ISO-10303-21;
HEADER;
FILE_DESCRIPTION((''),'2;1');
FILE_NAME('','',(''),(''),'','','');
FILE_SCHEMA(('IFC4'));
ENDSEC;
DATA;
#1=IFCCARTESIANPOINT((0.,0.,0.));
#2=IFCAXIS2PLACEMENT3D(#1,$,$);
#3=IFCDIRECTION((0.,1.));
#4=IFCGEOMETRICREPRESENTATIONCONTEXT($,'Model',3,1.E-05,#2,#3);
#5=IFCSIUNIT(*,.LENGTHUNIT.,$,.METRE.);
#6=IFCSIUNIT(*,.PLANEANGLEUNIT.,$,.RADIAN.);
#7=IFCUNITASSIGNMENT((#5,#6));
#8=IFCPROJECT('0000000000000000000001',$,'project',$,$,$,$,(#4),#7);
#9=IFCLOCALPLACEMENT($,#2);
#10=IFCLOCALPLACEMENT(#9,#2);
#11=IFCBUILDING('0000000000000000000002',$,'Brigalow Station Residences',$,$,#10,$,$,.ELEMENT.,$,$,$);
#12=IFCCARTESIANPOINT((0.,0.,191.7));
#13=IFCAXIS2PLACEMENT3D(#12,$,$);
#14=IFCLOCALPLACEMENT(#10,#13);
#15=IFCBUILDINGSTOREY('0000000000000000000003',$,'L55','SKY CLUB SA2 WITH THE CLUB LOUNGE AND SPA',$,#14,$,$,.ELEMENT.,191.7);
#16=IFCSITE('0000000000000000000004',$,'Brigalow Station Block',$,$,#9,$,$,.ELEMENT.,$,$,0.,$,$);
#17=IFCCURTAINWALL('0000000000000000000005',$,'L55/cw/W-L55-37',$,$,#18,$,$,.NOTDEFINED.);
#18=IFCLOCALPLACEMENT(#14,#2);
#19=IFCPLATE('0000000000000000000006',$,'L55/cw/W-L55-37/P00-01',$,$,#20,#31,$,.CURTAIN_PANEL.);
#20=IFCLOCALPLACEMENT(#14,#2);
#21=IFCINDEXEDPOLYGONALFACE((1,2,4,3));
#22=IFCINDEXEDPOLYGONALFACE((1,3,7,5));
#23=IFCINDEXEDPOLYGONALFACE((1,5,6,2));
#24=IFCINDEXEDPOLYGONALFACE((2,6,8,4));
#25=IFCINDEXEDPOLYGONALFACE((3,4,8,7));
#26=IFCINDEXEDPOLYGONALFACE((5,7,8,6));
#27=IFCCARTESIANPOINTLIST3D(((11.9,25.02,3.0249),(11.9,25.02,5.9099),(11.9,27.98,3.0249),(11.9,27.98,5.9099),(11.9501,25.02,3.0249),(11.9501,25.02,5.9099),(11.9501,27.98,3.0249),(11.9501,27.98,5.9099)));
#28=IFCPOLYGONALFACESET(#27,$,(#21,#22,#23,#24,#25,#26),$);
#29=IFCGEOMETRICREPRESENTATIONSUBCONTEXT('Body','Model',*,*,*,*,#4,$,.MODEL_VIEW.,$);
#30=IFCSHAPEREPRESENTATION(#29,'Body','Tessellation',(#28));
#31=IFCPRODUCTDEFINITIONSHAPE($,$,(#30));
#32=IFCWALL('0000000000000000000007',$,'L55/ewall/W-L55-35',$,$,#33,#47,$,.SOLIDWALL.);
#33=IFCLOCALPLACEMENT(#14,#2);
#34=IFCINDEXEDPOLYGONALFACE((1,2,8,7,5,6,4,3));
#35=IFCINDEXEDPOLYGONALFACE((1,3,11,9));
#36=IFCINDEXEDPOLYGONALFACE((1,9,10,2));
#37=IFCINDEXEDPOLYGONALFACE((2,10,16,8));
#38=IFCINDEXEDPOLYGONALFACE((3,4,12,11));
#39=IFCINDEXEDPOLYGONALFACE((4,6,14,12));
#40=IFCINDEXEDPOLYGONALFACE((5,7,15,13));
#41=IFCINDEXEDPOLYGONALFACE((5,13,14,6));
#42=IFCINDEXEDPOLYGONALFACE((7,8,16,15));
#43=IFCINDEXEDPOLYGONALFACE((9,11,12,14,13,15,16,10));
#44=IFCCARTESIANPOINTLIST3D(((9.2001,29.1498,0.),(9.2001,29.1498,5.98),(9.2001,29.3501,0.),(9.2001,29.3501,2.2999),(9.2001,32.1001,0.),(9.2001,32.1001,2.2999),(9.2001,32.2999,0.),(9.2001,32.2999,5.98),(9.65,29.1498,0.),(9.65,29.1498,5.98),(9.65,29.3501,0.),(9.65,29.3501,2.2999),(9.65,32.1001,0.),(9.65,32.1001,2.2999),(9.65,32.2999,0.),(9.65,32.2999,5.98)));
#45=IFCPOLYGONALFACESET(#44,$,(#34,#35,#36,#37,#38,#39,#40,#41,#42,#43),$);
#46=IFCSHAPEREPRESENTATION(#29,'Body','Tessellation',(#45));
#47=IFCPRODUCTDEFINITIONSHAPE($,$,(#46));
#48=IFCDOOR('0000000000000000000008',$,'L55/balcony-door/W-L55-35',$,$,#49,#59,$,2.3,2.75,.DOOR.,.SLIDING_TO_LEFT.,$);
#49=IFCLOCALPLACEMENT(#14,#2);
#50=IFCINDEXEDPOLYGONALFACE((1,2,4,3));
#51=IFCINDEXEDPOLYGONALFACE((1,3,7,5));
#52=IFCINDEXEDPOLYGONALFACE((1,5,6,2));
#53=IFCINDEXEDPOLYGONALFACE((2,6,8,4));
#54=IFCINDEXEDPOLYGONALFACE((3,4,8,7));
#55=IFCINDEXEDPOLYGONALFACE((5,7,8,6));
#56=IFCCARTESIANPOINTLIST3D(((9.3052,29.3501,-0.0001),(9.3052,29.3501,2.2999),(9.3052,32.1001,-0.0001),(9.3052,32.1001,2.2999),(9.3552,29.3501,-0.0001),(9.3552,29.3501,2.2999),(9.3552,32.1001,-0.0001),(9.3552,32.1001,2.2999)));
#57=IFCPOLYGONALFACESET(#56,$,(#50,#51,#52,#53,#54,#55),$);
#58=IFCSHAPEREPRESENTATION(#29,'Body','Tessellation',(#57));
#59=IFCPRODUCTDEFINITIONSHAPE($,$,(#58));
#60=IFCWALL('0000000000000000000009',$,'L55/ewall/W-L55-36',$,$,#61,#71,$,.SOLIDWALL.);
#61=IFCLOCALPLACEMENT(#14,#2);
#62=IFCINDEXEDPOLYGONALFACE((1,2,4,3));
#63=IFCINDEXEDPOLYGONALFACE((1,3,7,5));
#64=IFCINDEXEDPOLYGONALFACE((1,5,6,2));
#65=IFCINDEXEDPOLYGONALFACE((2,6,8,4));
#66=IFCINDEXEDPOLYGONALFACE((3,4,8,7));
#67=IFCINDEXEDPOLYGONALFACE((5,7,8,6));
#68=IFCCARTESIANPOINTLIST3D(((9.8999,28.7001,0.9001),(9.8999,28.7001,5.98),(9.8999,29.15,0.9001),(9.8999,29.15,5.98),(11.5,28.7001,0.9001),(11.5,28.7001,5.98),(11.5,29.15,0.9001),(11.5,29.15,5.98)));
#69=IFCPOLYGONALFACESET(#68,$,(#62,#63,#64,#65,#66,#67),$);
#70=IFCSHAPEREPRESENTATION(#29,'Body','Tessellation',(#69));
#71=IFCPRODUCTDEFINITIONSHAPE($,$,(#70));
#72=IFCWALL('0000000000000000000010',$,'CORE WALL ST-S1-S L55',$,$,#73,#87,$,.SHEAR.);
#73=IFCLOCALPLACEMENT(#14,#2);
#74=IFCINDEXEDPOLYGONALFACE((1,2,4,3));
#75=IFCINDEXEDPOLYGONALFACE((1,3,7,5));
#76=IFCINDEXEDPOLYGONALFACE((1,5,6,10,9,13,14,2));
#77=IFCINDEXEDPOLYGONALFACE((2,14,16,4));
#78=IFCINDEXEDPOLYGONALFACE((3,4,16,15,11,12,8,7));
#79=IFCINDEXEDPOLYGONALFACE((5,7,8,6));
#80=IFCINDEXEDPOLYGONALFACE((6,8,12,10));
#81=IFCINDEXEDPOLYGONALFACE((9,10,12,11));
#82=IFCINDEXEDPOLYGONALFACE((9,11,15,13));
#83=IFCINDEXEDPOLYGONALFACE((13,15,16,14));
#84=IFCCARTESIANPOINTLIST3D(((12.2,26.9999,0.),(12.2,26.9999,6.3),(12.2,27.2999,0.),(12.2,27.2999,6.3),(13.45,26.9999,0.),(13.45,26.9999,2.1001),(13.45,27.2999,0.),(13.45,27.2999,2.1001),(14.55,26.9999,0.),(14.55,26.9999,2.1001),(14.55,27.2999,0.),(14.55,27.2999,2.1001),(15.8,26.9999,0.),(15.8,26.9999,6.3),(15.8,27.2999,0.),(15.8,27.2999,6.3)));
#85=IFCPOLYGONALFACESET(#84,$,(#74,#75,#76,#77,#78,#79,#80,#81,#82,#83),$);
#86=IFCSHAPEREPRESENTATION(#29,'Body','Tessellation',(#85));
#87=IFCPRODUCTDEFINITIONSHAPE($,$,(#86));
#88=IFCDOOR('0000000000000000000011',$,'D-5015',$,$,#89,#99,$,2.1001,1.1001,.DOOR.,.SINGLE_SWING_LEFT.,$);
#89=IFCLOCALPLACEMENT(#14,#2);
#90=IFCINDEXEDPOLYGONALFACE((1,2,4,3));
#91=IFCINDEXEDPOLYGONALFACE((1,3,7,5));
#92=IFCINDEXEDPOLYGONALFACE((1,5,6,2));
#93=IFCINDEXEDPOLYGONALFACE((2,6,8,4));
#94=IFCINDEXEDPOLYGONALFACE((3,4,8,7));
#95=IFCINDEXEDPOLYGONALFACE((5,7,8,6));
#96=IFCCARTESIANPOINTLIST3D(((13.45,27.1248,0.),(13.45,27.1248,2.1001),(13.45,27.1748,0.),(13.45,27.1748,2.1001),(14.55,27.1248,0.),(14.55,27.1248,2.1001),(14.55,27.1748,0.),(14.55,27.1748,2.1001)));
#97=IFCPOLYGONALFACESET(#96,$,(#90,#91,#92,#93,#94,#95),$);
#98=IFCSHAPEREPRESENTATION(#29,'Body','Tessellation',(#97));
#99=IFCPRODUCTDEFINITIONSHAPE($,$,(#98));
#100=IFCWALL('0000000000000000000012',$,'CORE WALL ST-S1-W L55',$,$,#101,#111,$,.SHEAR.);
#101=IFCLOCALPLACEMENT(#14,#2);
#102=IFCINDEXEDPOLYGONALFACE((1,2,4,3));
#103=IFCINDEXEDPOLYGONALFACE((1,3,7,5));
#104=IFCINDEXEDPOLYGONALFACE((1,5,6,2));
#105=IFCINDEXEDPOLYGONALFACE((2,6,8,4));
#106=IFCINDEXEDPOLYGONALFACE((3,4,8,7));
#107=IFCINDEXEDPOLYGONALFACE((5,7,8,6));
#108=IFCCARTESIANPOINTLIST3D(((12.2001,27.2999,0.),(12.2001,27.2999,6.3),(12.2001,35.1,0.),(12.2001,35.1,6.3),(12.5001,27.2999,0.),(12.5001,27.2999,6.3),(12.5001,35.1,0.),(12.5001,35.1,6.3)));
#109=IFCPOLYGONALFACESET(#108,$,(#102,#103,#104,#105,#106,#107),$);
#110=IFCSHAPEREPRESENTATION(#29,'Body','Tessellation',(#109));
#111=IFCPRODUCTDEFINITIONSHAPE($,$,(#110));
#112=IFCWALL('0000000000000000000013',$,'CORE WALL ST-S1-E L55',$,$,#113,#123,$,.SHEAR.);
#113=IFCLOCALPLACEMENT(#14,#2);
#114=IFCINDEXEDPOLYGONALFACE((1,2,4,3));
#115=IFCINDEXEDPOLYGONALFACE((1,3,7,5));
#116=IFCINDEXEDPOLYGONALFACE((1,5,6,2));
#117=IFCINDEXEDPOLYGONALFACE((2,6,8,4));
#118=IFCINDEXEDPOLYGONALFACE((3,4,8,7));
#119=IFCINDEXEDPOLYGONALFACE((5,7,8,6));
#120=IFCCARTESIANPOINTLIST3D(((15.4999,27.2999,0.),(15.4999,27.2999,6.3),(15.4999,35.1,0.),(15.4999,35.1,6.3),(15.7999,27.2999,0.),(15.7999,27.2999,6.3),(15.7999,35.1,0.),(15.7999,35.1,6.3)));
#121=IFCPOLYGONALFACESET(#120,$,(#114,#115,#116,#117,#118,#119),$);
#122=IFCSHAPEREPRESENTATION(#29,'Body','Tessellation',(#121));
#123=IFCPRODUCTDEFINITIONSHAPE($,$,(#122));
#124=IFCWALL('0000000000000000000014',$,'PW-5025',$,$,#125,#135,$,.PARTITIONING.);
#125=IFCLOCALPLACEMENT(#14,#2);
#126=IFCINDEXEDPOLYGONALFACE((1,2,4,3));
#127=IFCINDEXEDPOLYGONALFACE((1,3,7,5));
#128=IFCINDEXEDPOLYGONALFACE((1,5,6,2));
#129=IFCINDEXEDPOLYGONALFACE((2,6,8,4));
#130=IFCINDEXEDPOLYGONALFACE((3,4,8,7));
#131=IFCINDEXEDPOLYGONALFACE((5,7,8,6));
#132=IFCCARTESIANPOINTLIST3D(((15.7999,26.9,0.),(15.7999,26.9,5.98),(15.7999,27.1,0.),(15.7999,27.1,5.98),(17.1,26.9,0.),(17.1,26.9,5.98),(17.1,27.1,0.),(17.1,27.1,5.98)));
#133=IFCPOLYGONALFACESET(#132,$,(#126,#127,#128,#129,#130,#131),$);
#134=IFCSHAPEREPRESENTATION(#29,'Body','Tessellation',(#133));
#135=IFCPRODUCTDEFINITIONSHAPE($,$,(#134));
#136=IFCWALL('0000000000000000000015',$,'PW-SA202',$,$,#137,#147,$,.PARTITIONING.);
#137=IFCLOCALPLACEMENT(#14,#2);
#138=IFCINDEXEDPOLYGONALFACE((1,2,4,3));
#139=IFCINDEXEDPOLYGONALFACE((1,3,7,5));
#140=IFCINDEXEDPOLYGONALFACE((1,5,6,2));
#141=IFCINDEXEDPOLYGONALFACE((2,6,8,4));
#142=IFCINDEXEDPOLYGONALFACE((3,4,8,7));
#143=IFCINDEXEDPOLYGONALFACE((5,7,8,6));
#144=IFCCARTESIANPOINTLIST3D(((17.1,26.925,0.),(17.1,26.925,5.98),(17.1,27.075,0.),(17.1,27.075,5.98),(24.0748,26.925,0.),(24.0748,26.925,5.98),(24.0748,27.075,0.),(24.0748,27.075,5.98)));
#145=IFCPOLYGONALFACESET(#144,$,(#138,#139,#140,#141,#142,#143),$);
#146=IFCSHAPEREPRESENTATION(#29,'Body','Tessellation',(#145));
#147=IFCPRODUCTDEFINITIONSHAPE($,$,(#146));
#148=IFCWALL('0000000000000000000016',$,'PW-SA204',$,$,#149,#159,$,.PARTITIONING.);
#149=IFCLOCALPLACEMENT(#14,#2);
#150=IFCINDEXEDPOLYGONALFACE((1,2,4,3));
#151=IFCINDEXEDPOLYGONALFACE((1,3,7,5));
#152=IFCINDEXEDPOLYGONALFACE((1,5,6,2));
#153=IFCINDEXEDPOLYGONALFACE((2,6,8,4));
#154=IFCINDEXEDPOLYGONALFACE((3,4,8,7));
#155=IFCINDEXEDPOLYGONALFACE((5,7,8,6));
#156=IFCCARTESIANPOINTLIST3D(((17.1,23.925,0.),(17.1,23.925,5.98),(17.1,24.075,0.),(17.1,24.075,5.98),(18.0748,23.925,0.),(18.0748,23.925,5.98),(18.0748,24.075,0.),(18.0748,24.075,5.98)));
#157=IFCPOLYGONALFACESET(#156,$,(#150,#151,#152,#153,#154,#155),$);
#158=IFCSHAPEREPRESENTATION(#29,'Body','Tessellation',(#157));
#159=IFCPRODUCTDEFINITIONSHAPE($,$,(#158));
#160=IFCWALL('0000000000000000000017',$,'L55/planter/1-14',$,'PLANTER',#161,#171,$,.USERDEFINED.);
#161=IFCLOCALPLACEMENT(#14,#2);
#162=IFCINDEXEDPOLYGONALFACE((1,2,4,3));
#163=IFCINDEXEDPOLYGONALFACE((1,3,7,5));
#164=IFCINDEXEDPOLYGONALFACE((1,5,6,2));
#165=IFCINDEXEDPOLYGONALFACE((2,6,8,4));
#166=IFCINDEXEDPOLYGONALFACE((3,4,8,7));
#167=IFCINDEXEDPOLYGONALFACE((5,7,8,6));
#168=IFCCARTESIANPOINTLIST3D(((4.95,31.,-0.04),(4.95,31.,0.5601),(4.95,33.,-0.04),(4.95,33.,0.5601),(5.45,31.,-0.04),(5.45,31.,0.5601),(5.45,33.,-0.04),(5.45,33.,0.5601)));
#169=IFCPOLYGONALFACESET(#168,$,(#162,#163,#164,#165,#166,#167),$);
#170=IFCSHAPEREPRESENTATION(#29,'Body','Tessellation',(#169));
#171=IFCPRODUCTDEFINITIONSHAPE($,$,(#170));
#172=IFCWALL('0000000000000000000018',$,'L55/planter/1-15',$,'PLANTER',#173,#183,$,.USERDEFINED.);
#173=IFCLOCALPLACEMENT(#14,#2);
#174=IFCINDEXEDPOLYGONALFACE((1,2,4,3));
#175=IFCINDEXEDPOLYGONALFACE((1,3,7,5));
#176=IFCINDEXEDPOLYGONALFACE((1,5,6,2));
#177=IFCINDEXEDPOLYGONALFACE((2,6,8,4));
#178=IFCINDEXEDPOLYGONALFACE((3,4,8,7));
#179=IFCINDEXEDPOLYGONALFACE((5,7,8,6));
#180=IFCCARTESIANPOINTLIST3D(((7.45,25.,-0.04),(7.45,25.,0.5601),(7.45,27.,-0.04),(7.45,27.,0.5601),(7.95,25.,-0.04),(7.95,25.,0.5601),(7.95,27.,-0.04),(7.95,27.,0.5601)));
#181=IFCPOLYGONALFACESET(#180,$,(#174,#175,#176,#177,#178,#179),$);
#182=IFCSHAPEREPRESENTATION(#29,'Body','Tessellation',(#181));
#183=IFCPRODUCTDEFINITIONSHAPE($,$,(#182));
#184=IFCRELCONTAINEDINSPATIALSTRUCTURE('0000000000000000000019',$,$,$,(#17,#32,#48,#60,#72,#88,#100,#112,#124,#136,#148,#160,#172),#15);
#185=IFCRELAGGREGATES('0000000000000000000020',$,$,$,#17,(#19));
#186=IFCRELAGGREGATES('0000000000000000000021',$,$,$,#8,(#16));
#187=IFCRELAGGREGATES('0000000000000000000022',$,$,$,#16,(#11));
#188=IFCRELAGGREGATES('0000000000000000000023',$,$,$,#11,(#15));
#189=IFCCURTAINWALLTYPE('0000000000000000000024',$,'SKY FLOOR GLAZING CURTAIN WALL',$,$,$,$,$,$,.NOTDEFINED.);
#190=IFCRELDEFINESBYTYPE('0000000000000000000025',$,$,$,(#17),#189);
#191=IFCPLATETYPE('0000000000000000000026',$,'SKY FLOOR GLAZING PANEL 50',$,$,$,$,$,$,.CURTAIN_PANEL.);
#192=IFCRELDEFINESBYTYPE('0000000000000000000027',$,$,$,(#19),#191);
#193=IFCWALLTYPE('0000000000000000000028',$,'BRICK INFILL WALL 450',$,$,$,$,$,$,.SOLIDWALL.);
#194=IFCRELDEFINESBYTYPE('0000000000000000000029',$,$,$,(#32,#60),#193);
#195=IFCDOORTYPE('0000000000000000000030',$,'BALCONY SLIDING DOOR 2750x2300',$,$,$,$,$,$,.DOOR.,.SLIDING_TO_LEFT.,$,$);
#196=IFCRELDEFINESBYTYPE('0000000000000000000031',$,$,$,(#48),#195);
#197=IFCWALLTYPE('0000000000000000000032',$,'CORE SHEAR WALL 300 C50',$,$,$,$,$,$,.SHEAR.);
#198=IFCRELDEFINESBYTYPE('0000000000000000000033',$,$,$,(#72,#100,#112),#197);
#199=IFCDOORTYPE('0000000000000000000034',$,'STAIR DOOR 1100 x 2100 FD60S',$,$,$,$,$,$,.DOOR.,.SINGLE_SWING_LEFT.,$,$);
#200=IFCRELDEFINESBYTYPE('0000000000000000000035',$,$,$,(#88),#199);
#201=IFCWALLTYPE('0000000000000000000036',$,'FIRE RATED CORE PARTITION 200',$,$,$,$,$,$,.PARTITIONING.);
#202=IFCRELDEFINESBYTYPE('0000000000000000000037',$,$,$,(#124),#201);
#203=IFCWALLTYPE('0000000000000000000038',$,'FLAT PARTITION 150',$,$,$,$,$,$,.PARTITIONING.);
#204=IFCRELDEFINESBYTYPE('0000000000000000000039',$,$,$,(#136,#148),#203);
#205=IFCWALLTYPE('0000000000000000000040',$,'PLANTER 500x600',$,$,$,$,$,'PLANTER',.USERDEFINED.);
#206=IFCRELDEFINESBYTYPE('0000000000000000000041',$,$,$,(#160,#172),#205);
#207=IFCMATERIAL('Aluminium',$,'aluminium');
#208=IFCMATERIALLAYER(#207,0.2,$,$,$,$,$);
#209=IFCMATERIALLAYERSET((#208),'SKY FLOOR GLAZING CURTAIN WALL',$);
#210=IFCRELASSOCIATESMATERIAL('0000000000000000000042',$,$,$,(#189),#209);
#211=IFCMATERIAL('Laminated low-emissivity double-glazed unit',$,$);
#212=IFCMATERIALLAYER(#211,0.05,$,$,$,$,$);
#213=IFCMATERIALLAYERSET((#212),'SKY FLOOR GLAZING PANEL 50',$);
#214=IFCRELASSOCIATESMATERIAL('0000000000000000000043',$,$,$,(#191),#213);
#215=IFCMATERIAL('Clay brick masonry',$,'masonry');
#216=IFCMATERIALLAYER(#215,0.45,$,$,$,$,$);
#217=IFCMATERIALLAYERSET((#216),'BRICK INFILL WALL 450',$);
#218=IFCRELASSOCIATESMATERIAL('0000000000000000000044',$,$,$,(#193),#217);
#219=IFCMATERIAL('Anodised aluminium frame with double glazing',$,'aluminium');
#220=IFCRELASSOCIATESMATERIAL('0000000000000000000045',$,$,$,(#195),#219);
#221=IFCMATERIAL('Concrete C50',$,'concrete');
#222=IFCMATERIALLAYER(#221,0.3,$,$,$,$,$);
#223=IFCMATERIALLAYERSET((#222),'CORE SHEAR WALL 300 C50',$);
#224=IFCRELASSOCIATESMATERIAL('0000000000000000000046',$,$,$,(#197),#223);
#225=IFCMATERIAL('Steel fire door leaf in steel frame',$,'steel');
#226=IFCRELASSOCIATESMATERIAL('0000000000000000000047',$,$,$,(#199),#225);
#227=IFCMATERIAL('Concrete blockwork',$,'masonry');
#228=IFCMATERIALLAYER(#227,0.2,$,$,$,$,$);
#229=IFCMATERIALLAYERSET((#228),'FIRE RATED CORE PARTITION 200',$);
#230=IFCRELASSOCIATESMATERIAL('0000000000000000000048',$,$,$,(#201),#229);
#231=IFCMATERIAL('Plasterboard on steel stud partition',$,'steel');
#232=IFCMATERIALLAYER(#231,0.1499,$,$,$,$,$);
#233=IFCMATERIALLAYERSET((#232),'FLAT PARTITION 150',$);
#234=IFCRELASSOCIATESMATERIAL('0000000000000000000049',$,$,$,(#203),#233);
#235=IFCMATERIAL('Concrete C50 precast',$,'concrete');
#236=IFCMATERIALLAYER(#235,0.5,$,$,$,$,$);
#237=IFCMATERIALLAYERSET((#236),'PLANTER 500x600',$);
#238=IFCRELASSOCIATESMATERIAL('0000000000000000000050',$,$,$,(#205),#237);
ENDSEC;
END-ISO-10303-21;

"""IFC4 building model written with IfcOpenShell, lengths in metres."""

from ifc_helpers import new_model, si_unit, direction, frame, frame_2d, origin, origin_2d, place, context, subcontext, project, spatial, rectangle, extrude, material, layer, layer_set, type_object, element, fill, aggregate, save


model = new_model("IFC4")

# Units and contexts
model_context = context("Model", 3, precision=1e-05, world=origin(), true_north=direction((0.0, 1.0)))
body_context = subcontext(model_context, "Body", "Model", "MODEL_VIEW")
ifc_project = project(units=[si_unit("LENGTHUNIT", "METRE"), si_unit("PLANEANGLEUNIT", "RADIAN")], contexts=[model_context])

# Site, building, storey
site_placement = place(None, origin())
site = spatial("IfcSite", under=ifc_project, at=site_placement, Name="Brigalow Station Block", CompositionType="ELEMENT", RefElevation=0.0)
building_placement = place(site_placement, origin())
building = spatial("IfcBuilding", under=site, at=building_placement, Name="Brigalow Station Residences", CompositionType="ELEMENT")
storey_placement = place(building_placement, frame((0.0, 0.0, 191.7)))
storey = spatial("IfcBuildingStorey", under=building, at=storey_placement, Name="L55", Description="SKY CLUB SA2 WITH THE CLUB LOUNGE AND SPA", CompositionType="ELEMENT", Elevation=191.7)

# Curtain wall
ifc_material_1 = material(Name="Aluminium", Category="aluminium")
ifc_layer_1 = layer(ifc_material_1, 0.2)
ifc_layer_set_1 = layer_set([ifc_layer_1], Name="SKY FLOOR GLAZING CURTAIN WALL")
curtain_wall_type = type_object("IfcCurtainWallType", Name="SKY FLOOR GLAZING CURTAIN WALL", PredefinedType="NOTDEFINED", material=ifc_layer_set_1)
curtain_wall_1_placement = place(storey_placement, origin())
curtain_wall_1 = element("IfcCurtainWall", 1, at=curtain_wall_1_placement, inside=storey, type_object=curtain_wall_type, Name="L55/cw/W-L55-37", PredefinedType="NOTDEFINED")

# Plate
ifc_material_2 = material(Name="Laminated low-emissivity double-glazed unit")
ifc_layer_2 = layer(ifc_material_2, 0.05)
ifc_layer_set_2 = layer_set([ifc_layer_2], Name="SKY FLOOR GLAZING PANEL 50")
plate_type = type_object("IfcPlateType", Name="SKY FLOOR GLAZING PANEL 50", PredefinedType="CURTAIN_PANEL", material=ifc_layer_set_2)
plate_1_placement = place(storey_placement, frame((11.925, 26.5, 3.0249), z_axis=(0.0, 0.0, 1.0), x_axis=(0.0, -1.0, 0.0)))
plate_1 = element("IfcPlate", 2, at=plate_1_placement, type_object=plate_type, Name="L55/cw/W-L55-37/P00-01", PredefinedType="CURTAIN_PANEL", context=body_context, shape_type="SweptSolid", body=[
    extrude(rectangle(XDim=2.96, YDim=0.05, at=origin_2d()), origin(), (0.0, 0.0, 1.0), 2.885),
])
aggregate(curtain_wall_1, [plate_1])

# Wall, opening, door
ifc_material_3 = material(Name="Clay brick masonry", Category="masonry")
ifc_layer_3 = layer(ifc_material_3, 0.45)
ifc_layer_set_3 = layer_set([ifc_layer_3], Name="BRICK INFILL WALL 450")
wall_type_1 = type_object("IfcWallType", Name="BRICK INFILL WALL 450", PredefinedType="SOLIDWALL", material=ifc_layer_set_3)
wall_1_placement = place(storey_placement, frame((9.425, 32.3, 0.0), z_axis=(0.0, 0.0, 1.0), x_axis=(0.0, -1.0, 0.0)))
wall_1 = element("IfcWall", 3, at=wall_1_placement, inside=storey, type_object=wall_type_1, Name="L55/ewall/W-L55-35", PredefinedType="SOLIDWALL", context=body_context, shape_type="SweptSolid", body=[
    extrude(rectangle(XDim=3.1501, YDim=0.45, at=frame_2d((1.5752, 0.0))), origin(), (0.0, 0.0, 1.0), 5.98),
])
opening_1_placement = place(wall_1_placement, frame((0.2, 0.0, 0.0)))
opening_1 = element("IfcOpeningElement", 4, at=opening_1_placement, cuts=wall_1, PredefinedType="OPENING", context=body_context, shape_type="SweptSolid", body=[
    extrude(rectangle(XDim=2.75, YDim=2.3, at=frame_2d((1.375, 1.1499))), frame((0.0, 0.2349, 0.0), z_axis=(0.0, -1.0, 0.0), x_axis=(1.0, 0.0, 0.0)), (0.0, 0.0, 1.0), 0.47),
])
ifc_material_4 = material(Name="Anodised aluminium frame with double glazing", Category="aluminium")
door_type_1 = type_object("IfcDoorType", Name="BALCONY SLIDING DOOR 2750x2300", OperationType="SLIDING_TO_LEFT", PredefinedType="DOOR", material=ifc_material_4)
door_1_placement = place(opening_1_placement, origin())
door_1 = element("IfcDoor", 5, at=door_1_placement, inside=storey, type_object=door_type_1, Name="L55/balcony-door/W-L55-35", OperationType="SLIDING_TO_LEFT", OverallHeight=2.3, OverallWidth=2.75, PredefinedType="DOOR", context=body_context, shape_type="SweptSolid", body=[
    extrude(rectangle(XDim=2.75, YDim=2.3, at=frame_2d((1.375, 1.1499))), frame((0.0, -0.0698, 0.0), z_axis=(0.0, -1.0, 0.0), x_axis=(1.0, 0.0, 0.0)), (0.0, 0.0, 1.0), 0.05),
])
fill(opening_1, door_1)

# Wall
wall_2_placement = place(storey_placement, frame((9.8999, 28.925, 0.9001), z_axis=(0.0, 0.0, 1.0), x_axis=(1.0, 0.0, 0.0)))
element("IfcWall", 6, at=wall_2_placement, inside=storey, type_object=wall_type_1, Name="L55/ewall/W-L55-36", PredefinedType="SOLIDWALL", context=body_context, shape_type="SweptSolid", body=[
    extrude(rectangle(XDim=1.6001, YDim=0.45, at=frame_2d((0.8, 0.0))), origin(), (0.0, 0.0, 1.0), 5.0798),
])

# Wall, opening, door
ifc_material_5 = material(Name="Concrete C50", Category="concrete")
ifc_layer_4 = layer(ifc_material_5, 0.3)
ifc_layer_set_4 = layer_set([ifc_layer_4], Name="CORE SHEAR WALL 300 C50")
wall_type_2 = type_object("IfcWallType", Name="CORE SHEAR WALL 300 C50", PredefinedType="SHEAR", material=ifc_layer_set_4)
wall_3_placement = place(storey_placement, frame((12.2, 27.1499, 0.0), z_axis=(0.0, 0.0, 1.0), x_axis=(1.0, 0.0, 0.0)))
wall_3 = element("IfcWall", 7, at=wall_3_placement, inside=storey, type_object=wall_type_2, Name="CORE WALL ST-S1-S L55", PredefinedType="SHEAR", context=body_context, shape_type="SweptSolid", body=[
    extrude(rectangle(XDim=3.6001, YDim=0.3, at=frame_2d((1.8, 0.0))), origin(), (0.0, 0.0, 1.0), 6.3),
])
opening_2_placement = place(wall_3_placement, frame((1.25, 0.0, 0.0)))
opening_2 = element("IfcOpeningElement", 8, at=opening_2_placement, cuts=wall_3, PredefinedType="OPENING", context=body_context, shape_type="SweptSolid", body=[
    extrude(rectangle(XDim=1.1001, YDim=2.1001, at=frame_2d((0.55, 1.05))), frame((0.0, 0.1602, 0.0), z_axis=(0.0, -1.0, 0.0), x_axis=(1.0, 0.0, 0.0)), (0.0, 0.0, 1.0), 0.3201),
])
ifc_material_6 = material(Name="Steel fire door leaf in steel frame", Category="steel")
door_type_2 = type_object("IfcDoorType", Name="STAIR DOOR 1100 x 2100 FD60S", OperationType="SINGLE_SWING_LEFT", PredefinedType="DOOR", material=ifc_material_6)
door_2_placement = place(opening_2_placement, origin())
door_2 = element("IfcDoor", 9, at=door_2_placement, inside=storey, type_object=door_type_2, Name="D-5015", OperationType="SINGLE_SWING_LEFT", OverallHeight=2.1001, OverallWidth=1.1001, PredefinedType="DOOR", context=body_context, shape_type="SweptSolid", body=[
    extrude(rectangle(XDim=1.1001, YDim=2.1001, at=frame_2d((0.55, 1.05))), frame((0.0, 0.0249, 0.0), z_axis=(0.0, -1.0, 0.0), x_axis=(1.0, 0.0, 0.0)), (0.0, 0.0, 1.0), 0.05),
])
fill(opening_2, door_2)

# Walls
for number, where, z_axis, x_axis, name in (
    (10, (12.3501, 27.3, 0.0), (0.0, 0.0, 1.0), (0.0, 1.0, 0.0), "CORE WALL ST-S1-W L55"),
    (11, (15.6499, 27.3, 0.0), (0.0, 0.0, 1.0), (0.0, 1.0, 0.0), "CORE WALL ST-S1-E L55"),
):
    element("IfcWall", number, at=place(storey_placement, frame(where, z_axis=z_axis, x_axis=x_axis)), inside=storey, type_object=wall_type_2, Name=name, PredefinedType="SHEAR", context=body_context, shape_type="SweptSolid", body=[
        extrude(rectangle(XDim=7.8, YDim=0.3, at=frame_2d((3.8999, 0.0))), origin(), (0.0, 0.0, 1.0), 6.3),
    ])
ifc_material_7 = material(Name="Concrete blockwork", Category="masonry")
ifc_layer_5 = layer(ifc_material_7, 0.2)
ifc_layer_set_5 = layer_set([ifc_layer_5], Name="FIRE RATED CORE PARTITION 200")
wall_type_3 = type_object("IfcWallType", Name="FIRE RATED CORE PARTITION 200", PredefinedType="PARTITIONING", material=ifc_layer_set_5)
wall_4_placement = place(storey_placement, frame((15.8, 27.0, 0.0), z_axis=(0.0, 0.0, 1.0), x_axis=(1.0, 0.0, 0.0)))
element("IfcWall", 12, at=wall_4_placement, inside=storey, type_object=wall_type_3, Name="PW-5025", PredefinedType="PARTITIONING", context=body_context, shape_type="SweptSolid", body=[
    extrude(rectangle(XDim=1.3, YDim=0.2, at=frame_2d((0.6499, 0.0))), origin(), (0.0, 0.0, 1.0), 5.98),
])
ifc_material_8 = material(Name="Plasterboard on steel stud partition", Category="steel")
ifc_layer_6 = layer(ifc_material_8, 0.1499)
ifc_layer_set_6 = layer_set([ifc_layer_6], Name="FLAT PARTITION 150")
wall_type_4 = type_object("IfcWallType", Name="FLAT PARTITION 150", PredefinedType="PARTITIONING", material=ifc_layer_set_6)
wall_5_placement = place(storey_placement, frame((17.1001, 27.0, 0.0), z_axis=(0.0, 0.0, 1.0), x_axis=(1.0, 0.0, 0.0)))
element("IfcWall", 13, at=wall_5_placement, inside=storey, type_object=wall_type_4, Name="PW-SA202", PredefinedType="PARTITIONING", context=body_context, shape_type="SweptSolid", body=[
    extrude(rectangle(XDim=6.9749, YDim=0.1499, at=frame_2d((3.4873, 0.0))), origin(), (0.0, 0.0, 1.0), 5.98),
])
wall_6_placement = place(storey_placement, frame((17.1001, 24.0, 0.0), z_axis=(0.0, 0.0, 1.0), x_axis=(1.0, 0.0, 0.0)))
element("IfcWall", 14, at=wall_6_placement, inside=storey, type_object=wall_type_4, Name="PW-SA204", PredefinedType="PARTITIONING", context=body_context, shape_type="SweptSolid", body=[
    extrude(rectangle(XDim=0.9749, YDim=0.1499, at=frame_2d((0.4873, 0.0))), origin(), (0.0, 0.0, 1.0), 5.98),
])
ifc_material_9 = material(Name="Concrete C50 precast", Category="concrete")
ifc_layer_7 = layer(ifc_material_9, 0.5)
ifc_layer_set_7 = layer_set([ifc_layer_7], Name="PLANTER 500x600")
wall_type_5 = type_object("IfcWallType", Name="PLANTER 500x600", ElementType="PLANTER", PredefinedType="USERDEFINED", material=ifc_layer_set_7)
for number, where, z_axis, x_axis, name in (
    (15, (5.2, 33.0, -0.04), (0.0, 0.0, 1.0), (0.0, -1.0, 0.0), "L55/planter/1-14"),
    (16, (7.7, 27.0, -0.04), (0.0, 0.0, 1.0), (0.0, -1.0, 0.0), "L55/planter/1-15"),
):
    element("IfcWall", number, at=place(storey_placement, frame(where, z_axis=z_axis, x_axis=x_axis)), inside=storey, type_object=wall_type_5, Name=name, ObjectType="PLANTER", PredefinedType="USERDEFINED", context=body_context, shape_type="SweptSolid", body=[
        extrude(rectangle(XDim=2.0, YDim=0.5, at=frame_2d((1.0, 0.0))), origin(), (0.0, 0.0, 1.0), 0.6001),
    ])

save(model, "model.ifc")
